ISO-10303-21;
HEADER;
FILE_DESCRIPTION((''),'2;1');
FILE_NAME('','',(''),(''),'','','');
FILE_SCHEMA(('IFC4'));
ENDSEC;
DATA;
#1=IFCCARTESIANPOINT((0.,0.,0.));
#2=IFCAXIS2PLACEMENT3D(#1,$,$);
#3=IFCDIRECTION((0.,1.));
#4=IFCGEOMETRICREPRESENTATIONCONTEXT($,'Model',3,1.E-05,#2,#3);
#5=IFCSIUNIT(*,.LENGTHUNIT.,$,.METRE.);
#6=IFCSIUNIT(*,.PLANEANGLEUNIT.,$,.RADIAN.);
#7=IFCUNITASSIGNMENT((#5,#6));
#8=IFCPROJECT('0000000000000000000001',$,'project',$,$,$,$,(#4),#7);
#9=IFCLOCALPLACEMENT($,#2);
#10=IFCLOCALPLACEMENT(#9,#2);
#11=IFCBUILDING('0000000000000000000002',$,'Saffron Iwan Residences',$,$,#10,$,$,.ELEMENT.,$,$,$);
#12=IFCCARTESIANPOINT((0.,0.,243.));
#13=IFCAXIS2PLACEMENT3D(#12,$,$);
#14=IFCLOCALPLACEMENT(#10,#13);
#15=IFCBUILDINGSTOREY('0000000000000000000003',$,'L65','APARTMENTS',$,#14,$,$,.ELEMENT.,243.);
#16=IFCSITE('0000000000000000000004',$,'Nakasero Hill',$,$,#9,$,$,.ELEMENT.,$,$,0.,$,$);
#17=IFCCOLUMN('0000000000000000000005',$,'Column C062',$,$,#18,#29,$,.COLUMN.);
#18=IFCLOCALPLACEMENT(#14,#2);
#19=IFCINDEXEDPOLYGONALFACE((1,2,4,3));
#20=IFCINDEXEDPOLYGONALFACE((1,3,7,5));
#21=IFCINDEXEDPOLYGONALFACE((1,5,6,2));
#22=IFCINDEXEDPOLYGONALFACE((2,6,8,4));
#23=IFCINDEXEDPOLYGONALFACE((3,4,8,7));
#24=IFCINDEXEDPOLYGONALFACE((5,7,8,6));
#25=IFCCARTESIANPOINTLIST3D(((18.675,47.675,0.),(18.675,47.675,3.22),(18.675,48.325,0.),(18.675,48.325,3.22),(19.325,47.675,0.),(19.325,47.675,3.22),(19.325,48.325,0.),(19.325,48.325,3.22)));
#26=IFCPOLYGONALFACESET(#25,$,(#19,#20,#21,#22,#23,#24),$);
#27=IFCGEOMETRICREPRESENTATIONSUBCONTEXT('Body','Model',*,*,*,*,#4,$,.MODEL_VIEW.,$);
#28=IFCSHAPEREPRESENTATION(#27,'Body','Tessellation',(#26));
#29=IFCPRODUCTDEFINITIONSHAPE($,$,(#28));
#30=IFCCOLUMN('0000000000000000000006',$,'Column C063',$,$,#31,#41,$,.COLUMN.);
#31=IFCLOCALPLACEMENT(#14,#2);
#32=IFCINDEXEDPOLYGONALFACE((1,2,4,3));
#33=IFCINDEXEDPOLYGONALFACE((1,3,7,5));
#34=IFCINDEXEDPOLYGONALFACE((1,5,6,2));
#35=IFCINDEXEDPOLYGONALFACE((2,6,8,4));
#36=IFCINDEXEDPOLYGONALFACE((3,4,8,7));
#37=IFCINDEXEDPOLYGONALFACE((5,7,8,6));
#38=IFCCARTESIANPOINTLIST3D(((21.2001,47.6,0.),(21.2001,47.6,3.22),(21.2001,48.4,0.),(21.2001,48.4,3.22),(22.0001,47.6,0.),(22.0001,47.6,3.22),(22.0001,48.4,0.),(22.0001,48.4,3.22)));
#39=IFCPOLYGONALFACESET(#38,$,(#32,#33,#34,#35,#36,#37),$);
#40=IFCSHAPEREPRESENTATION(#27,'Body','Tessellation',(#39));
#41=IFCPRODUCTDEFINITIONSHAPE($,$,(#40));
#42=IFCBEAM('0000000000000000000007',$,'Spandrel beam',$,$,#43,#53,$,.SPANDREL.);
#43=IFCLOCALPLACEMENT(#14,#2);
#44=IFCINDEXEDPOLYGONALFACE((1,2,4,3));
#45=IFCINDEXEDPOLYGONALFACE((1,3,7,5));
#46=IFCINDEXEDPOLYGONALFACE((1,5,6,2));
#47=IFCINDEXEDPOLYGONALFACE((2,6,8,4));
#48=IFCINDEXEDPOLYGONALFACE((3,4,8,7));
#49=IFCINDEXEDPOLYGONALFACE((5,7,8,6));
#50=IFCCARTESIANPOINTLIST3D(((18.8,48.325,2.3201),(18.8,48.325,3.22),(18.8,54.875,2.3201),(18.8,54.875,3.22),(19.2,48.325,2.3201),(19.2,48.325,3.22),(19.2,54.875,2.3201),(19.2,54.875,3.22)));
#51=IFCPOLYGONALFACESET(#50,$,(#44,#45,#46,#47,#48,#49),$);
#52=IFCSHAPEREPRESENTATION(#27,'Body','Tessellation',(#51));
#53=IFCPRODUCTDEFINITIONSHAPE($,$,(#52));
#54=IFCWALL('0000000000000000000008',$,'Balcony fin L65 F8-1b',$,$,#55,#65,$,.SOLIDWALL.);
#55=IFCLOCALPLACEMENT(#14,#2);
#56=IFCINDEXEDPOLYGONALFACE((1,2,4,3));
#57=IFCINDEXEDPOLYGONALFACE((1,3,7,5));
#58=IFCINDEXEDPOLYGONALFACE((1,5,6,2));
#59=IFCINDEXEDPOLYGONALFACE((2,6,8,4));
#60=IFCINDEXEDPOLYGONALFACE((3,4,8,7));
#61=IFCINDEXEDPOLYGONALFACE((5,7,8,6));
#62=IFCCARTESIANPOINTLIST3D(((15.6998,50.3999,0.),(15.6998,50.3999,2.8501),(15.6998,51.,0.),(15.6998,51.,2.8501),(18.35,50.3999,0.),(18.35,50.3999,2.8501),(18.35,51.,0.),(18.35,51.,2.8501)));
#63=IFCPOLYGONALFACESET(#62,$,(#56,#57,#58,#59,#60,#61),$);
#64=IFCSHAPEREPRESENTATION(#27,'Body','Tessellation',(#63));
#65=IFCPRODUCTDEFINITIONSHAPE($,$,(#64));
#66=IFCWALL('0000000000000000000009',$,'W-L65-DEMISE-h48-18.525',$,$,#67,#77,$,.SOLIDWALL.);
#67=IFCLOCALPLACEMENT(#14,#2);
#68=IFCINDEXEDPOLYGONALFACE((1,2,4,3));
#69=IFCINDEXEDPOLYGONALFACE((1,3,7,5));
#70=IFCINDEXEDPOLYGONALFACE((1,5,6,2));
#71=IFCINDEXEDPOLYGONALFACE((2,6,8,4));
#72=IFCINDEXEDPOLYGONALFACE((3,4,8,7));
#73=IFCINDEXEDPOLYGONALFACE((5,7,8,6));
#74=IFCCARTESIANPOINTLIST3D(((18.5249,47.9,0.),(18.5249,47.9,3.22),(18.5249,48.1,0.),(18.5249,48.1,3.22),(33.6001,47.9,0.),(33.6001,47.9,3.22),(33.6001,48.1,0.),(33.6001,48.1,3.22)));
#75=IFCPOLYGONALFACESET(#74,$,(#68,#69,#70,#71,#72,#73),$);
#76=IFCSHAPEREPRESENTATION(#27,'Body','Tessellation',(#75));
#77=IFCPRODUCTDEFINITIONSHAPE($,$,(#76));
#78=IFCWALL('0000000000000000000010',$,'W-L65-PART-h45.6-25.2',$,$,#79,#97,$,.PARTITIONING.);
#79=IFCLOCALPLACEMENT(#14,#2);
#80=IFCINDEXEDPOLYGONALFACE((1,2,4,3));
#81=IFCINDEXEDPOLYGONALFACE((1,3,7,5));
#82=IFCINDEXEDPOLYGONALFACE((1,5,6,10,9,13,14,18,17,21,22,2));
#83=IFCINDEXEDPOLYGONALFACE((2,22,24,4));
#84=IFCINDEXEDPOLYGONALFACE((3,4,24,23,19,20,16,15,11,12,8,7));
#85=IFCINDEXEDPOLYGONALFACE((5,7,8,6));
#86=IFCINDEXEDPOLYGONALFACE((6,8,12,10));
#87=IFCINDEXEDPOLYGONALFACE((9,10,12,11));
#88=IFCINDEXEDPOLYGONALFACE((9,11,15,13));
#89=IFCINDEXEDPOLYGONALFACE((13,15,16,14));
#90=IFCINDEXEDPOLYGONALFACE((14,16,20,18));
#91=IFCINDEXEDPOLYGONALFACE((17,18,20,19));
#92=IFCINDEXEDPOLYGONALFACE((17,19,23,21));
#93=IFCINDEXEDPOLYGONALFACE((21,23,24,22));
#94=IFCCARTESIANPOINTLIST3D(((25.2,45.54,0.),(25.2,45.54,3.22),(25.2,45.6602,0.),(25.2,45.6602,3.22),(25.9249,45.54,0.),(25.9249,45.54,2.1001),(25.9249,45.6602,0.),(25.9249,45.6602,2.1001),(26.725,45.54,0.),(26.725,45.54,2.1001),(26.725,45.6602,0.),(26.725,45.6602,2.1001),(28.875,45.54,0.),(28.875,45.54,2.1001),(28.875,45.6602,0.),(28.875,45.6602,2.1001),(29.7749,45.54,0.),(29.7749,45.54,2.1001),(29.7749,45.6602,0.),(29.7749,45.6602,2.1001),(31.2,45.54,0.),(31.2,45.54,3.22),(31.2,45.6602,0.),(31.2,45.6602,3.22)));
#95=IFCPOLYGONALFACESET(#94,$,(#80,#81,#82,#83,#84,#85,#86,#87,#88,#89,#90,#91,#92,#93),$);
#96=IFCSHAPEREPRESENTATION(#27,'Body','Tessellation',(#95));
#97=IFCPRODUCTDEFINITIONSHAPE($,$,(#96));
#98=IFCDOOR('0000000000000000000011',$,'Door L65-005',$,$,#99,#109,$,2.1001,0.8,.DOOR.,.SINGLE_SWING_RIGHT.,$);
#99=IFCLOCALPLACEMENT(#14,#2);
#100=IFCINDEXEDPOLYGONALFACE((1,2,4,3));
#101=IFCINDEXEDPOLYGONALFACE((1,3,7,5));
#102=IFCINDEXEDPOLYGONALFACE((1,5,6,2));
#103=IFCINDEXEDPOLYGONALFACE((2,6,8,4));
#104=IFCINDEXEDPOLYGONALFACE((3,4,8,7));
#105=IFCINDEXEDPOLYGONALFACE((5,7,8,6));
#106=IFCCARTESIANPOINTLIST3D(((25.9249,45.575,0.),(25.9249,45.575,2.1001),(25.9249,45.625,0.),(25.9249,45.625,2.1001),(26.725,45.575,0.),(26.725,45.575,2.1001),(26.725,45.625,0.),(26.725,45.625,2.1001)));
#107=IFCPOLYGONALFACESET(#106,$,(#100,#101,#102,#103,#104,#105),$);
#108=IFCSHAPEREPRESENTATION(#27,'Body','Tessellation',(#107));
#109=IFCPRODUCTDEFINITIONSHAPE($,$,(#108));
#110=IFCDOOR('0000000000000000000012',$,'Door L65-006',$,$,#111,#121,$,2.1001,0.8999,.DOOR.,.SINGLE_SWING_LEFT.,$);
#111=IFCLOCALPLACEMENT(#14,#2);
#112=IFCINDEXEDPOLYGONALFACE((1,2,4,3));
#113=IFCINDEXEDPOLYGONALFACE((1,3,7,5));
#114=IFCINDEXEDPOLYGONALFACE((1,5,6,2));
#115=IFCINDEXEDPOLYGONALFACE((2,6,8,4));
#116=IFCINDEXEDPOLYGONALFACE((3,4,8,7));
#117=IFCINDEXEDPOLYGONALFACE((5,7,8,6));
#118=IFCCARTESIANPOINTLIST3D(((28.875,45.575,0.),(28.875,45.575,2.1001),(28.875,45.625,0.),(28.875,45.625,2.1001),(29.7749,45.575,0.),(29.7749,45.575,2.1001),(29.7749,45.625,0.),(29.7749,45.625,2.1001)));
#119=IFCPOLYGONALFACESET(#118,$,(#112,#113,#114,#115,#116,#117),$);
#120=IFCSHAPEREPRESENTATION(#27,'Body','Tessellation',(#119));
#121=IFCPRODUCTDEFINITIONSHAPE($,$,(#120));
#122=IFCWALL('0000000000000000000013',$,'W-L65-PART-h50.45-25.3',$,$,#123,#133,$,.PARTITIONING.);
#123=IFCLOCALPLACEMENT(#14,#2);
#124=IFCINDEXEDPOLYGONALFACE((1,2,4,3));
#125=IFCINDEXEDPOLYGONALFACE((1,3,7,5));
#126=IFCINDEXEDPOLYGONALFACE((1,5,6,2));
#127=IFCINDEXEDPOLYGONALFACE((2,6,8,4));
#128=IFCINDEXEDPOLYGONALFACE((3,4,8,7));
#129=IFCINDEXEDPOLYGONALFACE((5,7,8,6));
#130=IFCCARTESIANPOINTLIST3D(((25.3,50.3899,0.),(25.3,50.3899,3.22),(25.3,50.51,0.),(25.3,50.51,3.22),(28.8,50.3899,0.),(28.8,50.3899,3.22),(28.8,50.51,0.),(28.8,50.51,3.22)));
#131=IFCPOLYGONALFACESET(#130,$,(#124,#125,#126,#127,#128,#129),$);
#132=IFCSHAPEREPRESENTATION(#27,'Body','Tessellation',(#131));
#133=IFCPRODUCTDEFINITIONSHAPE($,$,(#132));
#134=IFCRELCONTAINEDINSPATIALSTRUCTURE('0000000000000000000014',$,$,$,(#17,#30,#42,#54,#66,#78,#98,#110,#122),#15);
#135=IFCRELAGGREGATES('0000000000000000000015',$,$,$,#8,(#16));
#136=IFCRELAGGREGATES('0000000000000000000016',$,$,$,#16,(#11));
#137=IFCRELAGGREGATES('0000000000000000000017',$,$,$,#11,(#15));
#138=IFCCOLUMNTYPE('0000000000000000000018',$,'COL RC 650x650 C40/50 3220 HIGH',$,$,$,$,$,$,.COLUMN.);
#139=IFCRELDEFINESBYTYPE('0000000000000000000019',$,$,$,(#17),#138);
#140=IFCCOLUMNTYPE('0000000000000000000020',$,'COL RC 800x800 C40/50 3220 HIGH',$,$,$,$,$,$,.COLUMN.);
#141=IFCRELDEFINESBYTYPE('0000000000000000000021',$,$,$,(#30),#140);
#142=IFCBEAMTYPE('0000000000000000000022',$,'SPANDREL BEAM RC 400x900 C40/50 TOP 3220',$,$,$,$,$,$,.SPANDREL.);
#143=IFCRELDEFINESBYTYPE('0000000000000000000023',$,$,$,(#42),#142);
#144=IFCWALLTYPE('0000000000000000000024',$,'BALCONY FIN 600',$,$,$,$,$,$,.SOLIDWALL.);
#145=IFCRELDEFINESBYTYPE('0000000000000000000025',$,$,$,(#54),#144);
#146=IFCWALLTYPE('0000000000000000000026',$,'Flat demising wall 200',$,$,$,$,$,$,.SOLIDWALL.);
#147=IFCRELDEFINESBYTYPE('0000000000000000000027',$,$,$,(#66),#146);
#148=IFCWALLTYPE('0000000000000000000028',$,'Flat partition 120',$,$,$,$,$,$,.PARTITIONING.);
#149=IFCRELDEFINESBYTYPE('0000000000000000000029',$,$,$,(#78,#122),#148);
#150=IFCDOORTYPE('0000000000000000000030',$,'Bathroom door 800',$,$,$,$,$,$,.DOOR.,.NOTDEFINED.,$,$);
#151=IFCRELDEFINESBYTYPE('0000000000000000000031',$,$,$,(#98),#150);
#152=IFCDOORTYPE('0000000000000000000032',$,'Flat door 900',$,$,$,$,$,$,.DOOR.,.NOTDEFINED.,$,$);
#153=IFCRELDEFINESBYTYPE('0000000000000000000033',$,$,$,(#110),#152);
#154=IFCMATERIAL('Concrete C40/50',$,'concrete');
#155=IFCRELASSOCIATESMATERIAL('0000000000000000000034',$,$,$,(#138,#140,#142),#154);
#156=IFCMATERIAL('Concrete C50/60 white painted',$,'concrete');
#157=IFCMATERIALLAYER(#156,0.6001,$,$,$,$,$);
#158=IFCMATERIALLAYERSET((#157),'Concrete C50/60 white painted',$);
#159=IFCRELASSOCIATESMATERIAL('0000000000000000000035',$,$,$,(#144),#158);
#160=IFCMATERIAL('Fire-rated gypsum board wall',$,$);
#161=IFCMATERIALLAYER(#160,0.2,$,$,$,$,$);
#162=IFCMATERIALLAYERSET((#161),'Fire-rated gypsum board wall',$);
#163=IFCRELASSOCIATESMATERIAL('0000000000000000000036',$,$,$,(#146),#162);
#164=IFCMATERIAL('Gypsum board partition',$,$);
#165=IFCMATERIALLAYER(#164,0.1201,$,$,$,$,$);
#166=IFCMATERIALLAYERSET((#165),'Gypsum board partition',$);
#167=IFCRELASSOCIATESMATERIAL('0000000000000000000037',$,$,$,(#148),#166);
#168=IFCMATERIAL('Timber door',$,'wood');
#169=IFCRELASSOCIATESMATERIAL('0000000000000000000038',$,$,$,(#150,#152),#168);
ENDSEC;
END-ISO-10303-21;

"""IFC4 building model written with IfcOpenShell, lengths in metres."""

from ifc_helpers import new_model, si_unit, direction, frame, frame_2d, origin, origin_2d, place, context, subcontext, project, spatial, rectangle, extrude, source, transform, mapped, material, layer, layer_set, material_profile, profile_set, type_object, element, fill, save


model = new_model("IFC4")

# Units and contexts
model_context = context("Model", 3, precision=1e-05, world=origin(), true_north=direction((0.0, 1.0)))
body_context = subcontext(model_context, "Body", "Model", "MODEL_VIEW")
ifc_project = project(units=[si_unit("LENGTHUNIT", "METRE"), si_unit("PLANEANGLEUNIT", "RADIAN")], contexts=[model_context])

# Site, building, storey
site_placement = place(None, origin())
site = spatial("IfcSite", under=ifc_project, at=site_placement, Name="Nakasero Hill", CompositionType="ELEMENT", RefElevation=0.0)
building_placement = place(site_placement, origin())
building = spatial("IfcBuilding", under=site, at=building_placement, Name="Saffron Iwan Residences", CompositionType="ELEMENT")
storey_placement = place(building_placement, frame((0.0, 0.0, 243.0)))
storey = spatial("IfcBuildingStorey", under=building, at=storey_placement, Name="L65", Description="APARTMENTS", CompositionType="ELEMENT", Elevation=243.0)

# Columns
ifc_material_1 = material(Name="Concrete C40/50", Category="concrete")
ifc_material_profile_1 = material_profile(ifc_material_1, rectangle(XDim=0.6499, YDim=0.6499, at=origin_2d()), Name="RC 650x650")
ifc_profile_set_1 = profile_set([ifc_material_profile_1], Name="Concrete C40/50")
column_type_1 = type_object("IfcColumnType", Name="COL RC 650x650 C40/50 3220 HIGH", PredefinedType="COLUMN", material=ifc_profile_set_1)
shared_shape_1 = source(origin(), body_context, "Body", "SweptSolid", [
    extrude(rectangle(XDim=0.6499, YDim=0.6499, at=origin_2d()), origin(), (0.0, 0.0, 1.0), 3.22),
])
column_1_placement = place(storey_placement, frame((19.0, 48.0, 0.0), z_axis=(0.0, 0.0, 1.0), x_axis=(1.0, 0.0, 0.0)))
element("IfcColumn", 1, at=column_1_placement, inside=storey, type_object=column_type_1, Name="Column C062", PredefinedType="COLUMN", context=body_context, shape_type="MappedRepresentation", body=[
    mapped(shared_shape_1, transform((0.0, 0.0, 0.0))),
])
ifc_material_profile_2 = material_profile(ifc_material_1, rectangle(XDim=0.8, YDim=0.8, at=origin_2d()), Name="RC 800x800")
ifc_profile_set_2 = profile_set([ifc_material_profile_2], Name="Concrete C40/50")
column_type_2 = type_object("IfcColumnType", Name="COL RC 800x800 C40/50 3220 HIGH", PredefinedType="COLUMN", material=ifc_profile_set_2)
shared_shape_2 = source(origin(), body_context, "Body", "SweptSolid", [
    extrude(rectangle(XDim=0.8, YDim=0.8, at=origin_2d()), origin(), (0.0, 0.0, 1.0), 3.22),
])
column_2_placement = place(storey_placement, frame((21.6001, 48.0, 0.0), z_axis=(0.0, 0.0, 1.0), x_axis=(1.0, 0.0, 0.0)))
element("IfcColumn", 2, at=column_2_placement, inside=storey, type_object=column_type_2, Name="Column C063", PredefinedType="COLUMN", context=body_context, shape_type="MappedRepresentation", body=[
    mapped(shared_shape_2, transform((0.0, 0.0, 0.0))),
])

# Beam
ifc_material_profile_3 = material_profile(ifc_material_1, rectangle(XDim=0.3999, YDim=0.8999, at=origin_2d()), Name="RC 400x900")
ifc_profile_set_3 = profile_set([ifc_material_profile_3], Name="Concrete C40/50")
beam_type = type_object("IfcBeamType", Name="SPANDREL BEAM RC 400x900 C40/50 TOP 3220", PredefinedType="SPANDREL", material=ifc_profile_set_3)
shared_shape_3 = source(origin(), body_context, "Body", "SweptSolid", [
    extrude(rectangle(XDim=0.3999, YDim=0.8999, at=origin_2d()), origin(), (0.0, 0.0, 1.0), 6.55),
])
beam_placement = place(storey_placement, frame((19.0, 48.325, 2.77), z_axis=(0.0, 1.0, 0.0), x_axis=(-1.0, 0.0, 0.0)))
element("IfcBeam", 3, at=beam_placement, inside=storey, type_object=beam_type, Name="Spandrel beam", PredefinedType="SPANDREL", context=body_context, shape_type="MappedRepresentation", body=[
    mapped(shared_shape_3, transform((0.0, 0.0, 0.0))),
])

# Walls
ifc_material_2 = material(Name="Concrete C50/60 white painted", Category="concrete")
ifc_layer_1 = layer(ifc_material_2, 0.6001)
ifc_layer_set_1 = layer_set([ifc_layer_1], Name="Concrete C50/60 white painted")
wall_type_1 = type_object("IfcWallType", Name="BALCONY FIN 600", PredefinedType="SOLIDWALL", material=ifc_layer_set_1)
wall_1_placement = place(storey_placement, frame((18.3501, 50.7, 0.0), z_axis=(0.0, 0.0, 1.0), x_axis=(-1.0, 0.0, 0.0)))
element("IfcWall", 4, at=wall_1_placement, inside=storey, type_object=wall_type_1, Name="Balcony fin L65 F8-1b", PredefinedType="SOLIDWALL", context=body_context, shape_type="SweptSolid", body=[
    extrude(rectangle(XDim=2.6501, YDim=0.6001, at=frame_2d((1.3252, 0.0))), origin(), (0.0, 0.0, 1.0), 2.8501),
])
ifc_material_3 = material(Name="Fire-rated gypsum board wall")
ifc_layer_2 = layer(ifc_material_3, 0.2)
ifc_layer_set_2 = layer_set([ifc_layer_2], Name="Fire-rated gypsum board wall")
wall_type_2 = type_object("IfcWallType", Name="Flat demising wall 200", PredefinedType="SOLIDWALL", material=ifc_layer_set_2)
wall_2_placement = place(storey_placement, frame((18.5249, 48.0, 0.0), z_axis=(0.0, 0.0, 1.0), x_axis=(1.0, 0.0, 0.0)))
element("IfcWall", 5, at=wall_2_placement, inside=storey, type_object=wall_type_2, Name="W-L65-DEMISE-h48-18.525", PredefinedType="SOLIDWALL", context=body_context, shape_type="SweptSolid", body=[
    extrude(rectangle(XDim=15.0752, YDim=0.2, at=frame_2d((7.5376, 0.0))), origin(), (0.0, 0.0, 1.0), 3.22),
])

# Wall, openings, doors
ifc_material_4 = material(Name="Gypsum board partition")
ifc_layer_3 = layer(ifc_material_4, 0.1201)
ifc_layer_set_3 = layer_set([ifc_layer_3], Name="Gypsum board partition")
wall_type_3 = type_object("IfcWallType", Name="Flat partition 120", PredefinedType="PARTITIONING", material=ifc_layer_set_3)
wall_3_placement = place(storey_placement, frame((25.2, 45.6001, 0.0), z_axis=(0.0, 0.0, 1.0), x_axis=(1.0, 0.0, 0.0)))
wall_3 = element("IfcWall", 6, at=wall_3_placement, inside=storey, type_object=wall_type_3, Name="W-L65-PART-h45.6-25.2", PredefinedType="PARTITIONING", context=body_context, shape_type="SweptSolid", body=[
    extrude(rectangle(XDim=6.0, YDim=0.1201, at=frame_2d((3.0, 0.0))), origin(), (0.0, 0.0, 1.0), 3.22),
])
opening_1_placement = place(wall_3_placement, frame((0.7251, 0.0, 0.0)))
opening_1 = element("IfcOpeningElement", 7, at=opening_1_placement, cuts=wall_3, PredefinedType="OPENING", context=body_context, shape_type="SweptSolid", body=[
    extrude(rectangle(XDim=0.8, YDim=2.1001, at=frame_2d((0.3999, 1.05))), frame((0.0, 0.0701, 0.0), z_axis=(0.0, -1.0, 0.0), x_axis=(1.0, 0.0, 0.0)), (0.0, 0.0, 1.0), 0.1401),
])
opening_2_placement = place(wall_3_placement, frame((3.675, 0.0, 0.0)))
opening_2 = element("IfcOpeningElement", 8, at=opening_2_placement, cuts=wall_3, PredefinedType="OPENING", context=body_context, shape_type="SweptSolid", body=[
    extrude(rectangle(XDim=0.8999, YDim=2.1001, at=frame_2d((0.45, 1.05))), frame((0.0, 0.0701, 0.0), z_axis=(0.0, -1.0, 0.0), x_axis=(1.0, 0.0, 0.0)), (0.0, 0.0, 1.0), 0.1401),
])
ifc_material_5 = material(Name="Timber door", Category="wood")
door_type_1 = type_object("IfcDoorType", Name="Bathroom door 800", OperationType="NOTDEFINED", PredefinedType="DOOR", material=ifc_material_5)
door_1_placement = place(opening_1_placement, origin())
door_1 = element("IfcDoor", 9, at=door_1_placement, inside=storey, type_object=door_type_1, Name="Door L65-005", OperationType="SINGLE_SWING_RIGHT", OverallHeight=2.1001, OverallWidth=0.8, PredefinedType="DOOR", context=body_context, shape_type="SweptSolid", body=[
    extrude(rectangle(XDim=0.8, YDim=2.1001, at=frame_2d((0.3999, 1.05))), frame((0.0, 0.0249, 0.0), z_axis=(0.0, -1.0, 0.0), x_axis=(1.0, 0.0, 0.0)), (0.0, 0.0, 1.0), 0.05),
])
fill(opening_1, door_1)
door_type_2 = type_object("IfcDoorType", Name="Flat door 900", OperationType="NOTDEFINED", PredefinedType="DOOR", material=ifc_material_5)
door_2_placement = place(opening_2_placement, origin())
door_2 = element("IfcDoor", 10, at=door_2_placement, inside=storey, type_object=door_type_2, Name="Door L65-006", OperationType="SINGLE_SWING_LEFT", OverallHeight=2.1001, OverallWidth=0.8999, PredefinedType="DOOR", context=body_context, shape_type="SweptSolid", body=[
    extrude(rectangle(XDim=0.8999, YDim=2.1001, at=frame_2d((0.45, 1.05))), frame((0.0, 0.0249, 0.0), z_axis=(0.0, -1.0, 0.0), x_axis=(1.0, 0.0, 0.0)), (0.0, 0.0, 1.0), 0.05),
])
fill(opening_2, door_2)

# Wall
wall_4_placement = place(storey_placement, frame((25.3, 50.45, 0.0), z_axis=(0.0, 0.0, 1.0), x_axis=(1.0, 0.0, 0.0)))
element("IfcWall", 11, at=wall_4_placement, inside=storey, type_object=wall_type_3, Name="W-L65-PART-h50.45-25.3", PredefinedType="PARTITIONING", context=body_context, shape_type="SweptSolid", body=[
    extrude(rectangle(XDim=3.5, YDim=0.1201, at=frame_2d((1.75, 0.0))), origin(), (0.0, 0.0, 1.0), 3.22),
])

save(model, "model.ifc")
